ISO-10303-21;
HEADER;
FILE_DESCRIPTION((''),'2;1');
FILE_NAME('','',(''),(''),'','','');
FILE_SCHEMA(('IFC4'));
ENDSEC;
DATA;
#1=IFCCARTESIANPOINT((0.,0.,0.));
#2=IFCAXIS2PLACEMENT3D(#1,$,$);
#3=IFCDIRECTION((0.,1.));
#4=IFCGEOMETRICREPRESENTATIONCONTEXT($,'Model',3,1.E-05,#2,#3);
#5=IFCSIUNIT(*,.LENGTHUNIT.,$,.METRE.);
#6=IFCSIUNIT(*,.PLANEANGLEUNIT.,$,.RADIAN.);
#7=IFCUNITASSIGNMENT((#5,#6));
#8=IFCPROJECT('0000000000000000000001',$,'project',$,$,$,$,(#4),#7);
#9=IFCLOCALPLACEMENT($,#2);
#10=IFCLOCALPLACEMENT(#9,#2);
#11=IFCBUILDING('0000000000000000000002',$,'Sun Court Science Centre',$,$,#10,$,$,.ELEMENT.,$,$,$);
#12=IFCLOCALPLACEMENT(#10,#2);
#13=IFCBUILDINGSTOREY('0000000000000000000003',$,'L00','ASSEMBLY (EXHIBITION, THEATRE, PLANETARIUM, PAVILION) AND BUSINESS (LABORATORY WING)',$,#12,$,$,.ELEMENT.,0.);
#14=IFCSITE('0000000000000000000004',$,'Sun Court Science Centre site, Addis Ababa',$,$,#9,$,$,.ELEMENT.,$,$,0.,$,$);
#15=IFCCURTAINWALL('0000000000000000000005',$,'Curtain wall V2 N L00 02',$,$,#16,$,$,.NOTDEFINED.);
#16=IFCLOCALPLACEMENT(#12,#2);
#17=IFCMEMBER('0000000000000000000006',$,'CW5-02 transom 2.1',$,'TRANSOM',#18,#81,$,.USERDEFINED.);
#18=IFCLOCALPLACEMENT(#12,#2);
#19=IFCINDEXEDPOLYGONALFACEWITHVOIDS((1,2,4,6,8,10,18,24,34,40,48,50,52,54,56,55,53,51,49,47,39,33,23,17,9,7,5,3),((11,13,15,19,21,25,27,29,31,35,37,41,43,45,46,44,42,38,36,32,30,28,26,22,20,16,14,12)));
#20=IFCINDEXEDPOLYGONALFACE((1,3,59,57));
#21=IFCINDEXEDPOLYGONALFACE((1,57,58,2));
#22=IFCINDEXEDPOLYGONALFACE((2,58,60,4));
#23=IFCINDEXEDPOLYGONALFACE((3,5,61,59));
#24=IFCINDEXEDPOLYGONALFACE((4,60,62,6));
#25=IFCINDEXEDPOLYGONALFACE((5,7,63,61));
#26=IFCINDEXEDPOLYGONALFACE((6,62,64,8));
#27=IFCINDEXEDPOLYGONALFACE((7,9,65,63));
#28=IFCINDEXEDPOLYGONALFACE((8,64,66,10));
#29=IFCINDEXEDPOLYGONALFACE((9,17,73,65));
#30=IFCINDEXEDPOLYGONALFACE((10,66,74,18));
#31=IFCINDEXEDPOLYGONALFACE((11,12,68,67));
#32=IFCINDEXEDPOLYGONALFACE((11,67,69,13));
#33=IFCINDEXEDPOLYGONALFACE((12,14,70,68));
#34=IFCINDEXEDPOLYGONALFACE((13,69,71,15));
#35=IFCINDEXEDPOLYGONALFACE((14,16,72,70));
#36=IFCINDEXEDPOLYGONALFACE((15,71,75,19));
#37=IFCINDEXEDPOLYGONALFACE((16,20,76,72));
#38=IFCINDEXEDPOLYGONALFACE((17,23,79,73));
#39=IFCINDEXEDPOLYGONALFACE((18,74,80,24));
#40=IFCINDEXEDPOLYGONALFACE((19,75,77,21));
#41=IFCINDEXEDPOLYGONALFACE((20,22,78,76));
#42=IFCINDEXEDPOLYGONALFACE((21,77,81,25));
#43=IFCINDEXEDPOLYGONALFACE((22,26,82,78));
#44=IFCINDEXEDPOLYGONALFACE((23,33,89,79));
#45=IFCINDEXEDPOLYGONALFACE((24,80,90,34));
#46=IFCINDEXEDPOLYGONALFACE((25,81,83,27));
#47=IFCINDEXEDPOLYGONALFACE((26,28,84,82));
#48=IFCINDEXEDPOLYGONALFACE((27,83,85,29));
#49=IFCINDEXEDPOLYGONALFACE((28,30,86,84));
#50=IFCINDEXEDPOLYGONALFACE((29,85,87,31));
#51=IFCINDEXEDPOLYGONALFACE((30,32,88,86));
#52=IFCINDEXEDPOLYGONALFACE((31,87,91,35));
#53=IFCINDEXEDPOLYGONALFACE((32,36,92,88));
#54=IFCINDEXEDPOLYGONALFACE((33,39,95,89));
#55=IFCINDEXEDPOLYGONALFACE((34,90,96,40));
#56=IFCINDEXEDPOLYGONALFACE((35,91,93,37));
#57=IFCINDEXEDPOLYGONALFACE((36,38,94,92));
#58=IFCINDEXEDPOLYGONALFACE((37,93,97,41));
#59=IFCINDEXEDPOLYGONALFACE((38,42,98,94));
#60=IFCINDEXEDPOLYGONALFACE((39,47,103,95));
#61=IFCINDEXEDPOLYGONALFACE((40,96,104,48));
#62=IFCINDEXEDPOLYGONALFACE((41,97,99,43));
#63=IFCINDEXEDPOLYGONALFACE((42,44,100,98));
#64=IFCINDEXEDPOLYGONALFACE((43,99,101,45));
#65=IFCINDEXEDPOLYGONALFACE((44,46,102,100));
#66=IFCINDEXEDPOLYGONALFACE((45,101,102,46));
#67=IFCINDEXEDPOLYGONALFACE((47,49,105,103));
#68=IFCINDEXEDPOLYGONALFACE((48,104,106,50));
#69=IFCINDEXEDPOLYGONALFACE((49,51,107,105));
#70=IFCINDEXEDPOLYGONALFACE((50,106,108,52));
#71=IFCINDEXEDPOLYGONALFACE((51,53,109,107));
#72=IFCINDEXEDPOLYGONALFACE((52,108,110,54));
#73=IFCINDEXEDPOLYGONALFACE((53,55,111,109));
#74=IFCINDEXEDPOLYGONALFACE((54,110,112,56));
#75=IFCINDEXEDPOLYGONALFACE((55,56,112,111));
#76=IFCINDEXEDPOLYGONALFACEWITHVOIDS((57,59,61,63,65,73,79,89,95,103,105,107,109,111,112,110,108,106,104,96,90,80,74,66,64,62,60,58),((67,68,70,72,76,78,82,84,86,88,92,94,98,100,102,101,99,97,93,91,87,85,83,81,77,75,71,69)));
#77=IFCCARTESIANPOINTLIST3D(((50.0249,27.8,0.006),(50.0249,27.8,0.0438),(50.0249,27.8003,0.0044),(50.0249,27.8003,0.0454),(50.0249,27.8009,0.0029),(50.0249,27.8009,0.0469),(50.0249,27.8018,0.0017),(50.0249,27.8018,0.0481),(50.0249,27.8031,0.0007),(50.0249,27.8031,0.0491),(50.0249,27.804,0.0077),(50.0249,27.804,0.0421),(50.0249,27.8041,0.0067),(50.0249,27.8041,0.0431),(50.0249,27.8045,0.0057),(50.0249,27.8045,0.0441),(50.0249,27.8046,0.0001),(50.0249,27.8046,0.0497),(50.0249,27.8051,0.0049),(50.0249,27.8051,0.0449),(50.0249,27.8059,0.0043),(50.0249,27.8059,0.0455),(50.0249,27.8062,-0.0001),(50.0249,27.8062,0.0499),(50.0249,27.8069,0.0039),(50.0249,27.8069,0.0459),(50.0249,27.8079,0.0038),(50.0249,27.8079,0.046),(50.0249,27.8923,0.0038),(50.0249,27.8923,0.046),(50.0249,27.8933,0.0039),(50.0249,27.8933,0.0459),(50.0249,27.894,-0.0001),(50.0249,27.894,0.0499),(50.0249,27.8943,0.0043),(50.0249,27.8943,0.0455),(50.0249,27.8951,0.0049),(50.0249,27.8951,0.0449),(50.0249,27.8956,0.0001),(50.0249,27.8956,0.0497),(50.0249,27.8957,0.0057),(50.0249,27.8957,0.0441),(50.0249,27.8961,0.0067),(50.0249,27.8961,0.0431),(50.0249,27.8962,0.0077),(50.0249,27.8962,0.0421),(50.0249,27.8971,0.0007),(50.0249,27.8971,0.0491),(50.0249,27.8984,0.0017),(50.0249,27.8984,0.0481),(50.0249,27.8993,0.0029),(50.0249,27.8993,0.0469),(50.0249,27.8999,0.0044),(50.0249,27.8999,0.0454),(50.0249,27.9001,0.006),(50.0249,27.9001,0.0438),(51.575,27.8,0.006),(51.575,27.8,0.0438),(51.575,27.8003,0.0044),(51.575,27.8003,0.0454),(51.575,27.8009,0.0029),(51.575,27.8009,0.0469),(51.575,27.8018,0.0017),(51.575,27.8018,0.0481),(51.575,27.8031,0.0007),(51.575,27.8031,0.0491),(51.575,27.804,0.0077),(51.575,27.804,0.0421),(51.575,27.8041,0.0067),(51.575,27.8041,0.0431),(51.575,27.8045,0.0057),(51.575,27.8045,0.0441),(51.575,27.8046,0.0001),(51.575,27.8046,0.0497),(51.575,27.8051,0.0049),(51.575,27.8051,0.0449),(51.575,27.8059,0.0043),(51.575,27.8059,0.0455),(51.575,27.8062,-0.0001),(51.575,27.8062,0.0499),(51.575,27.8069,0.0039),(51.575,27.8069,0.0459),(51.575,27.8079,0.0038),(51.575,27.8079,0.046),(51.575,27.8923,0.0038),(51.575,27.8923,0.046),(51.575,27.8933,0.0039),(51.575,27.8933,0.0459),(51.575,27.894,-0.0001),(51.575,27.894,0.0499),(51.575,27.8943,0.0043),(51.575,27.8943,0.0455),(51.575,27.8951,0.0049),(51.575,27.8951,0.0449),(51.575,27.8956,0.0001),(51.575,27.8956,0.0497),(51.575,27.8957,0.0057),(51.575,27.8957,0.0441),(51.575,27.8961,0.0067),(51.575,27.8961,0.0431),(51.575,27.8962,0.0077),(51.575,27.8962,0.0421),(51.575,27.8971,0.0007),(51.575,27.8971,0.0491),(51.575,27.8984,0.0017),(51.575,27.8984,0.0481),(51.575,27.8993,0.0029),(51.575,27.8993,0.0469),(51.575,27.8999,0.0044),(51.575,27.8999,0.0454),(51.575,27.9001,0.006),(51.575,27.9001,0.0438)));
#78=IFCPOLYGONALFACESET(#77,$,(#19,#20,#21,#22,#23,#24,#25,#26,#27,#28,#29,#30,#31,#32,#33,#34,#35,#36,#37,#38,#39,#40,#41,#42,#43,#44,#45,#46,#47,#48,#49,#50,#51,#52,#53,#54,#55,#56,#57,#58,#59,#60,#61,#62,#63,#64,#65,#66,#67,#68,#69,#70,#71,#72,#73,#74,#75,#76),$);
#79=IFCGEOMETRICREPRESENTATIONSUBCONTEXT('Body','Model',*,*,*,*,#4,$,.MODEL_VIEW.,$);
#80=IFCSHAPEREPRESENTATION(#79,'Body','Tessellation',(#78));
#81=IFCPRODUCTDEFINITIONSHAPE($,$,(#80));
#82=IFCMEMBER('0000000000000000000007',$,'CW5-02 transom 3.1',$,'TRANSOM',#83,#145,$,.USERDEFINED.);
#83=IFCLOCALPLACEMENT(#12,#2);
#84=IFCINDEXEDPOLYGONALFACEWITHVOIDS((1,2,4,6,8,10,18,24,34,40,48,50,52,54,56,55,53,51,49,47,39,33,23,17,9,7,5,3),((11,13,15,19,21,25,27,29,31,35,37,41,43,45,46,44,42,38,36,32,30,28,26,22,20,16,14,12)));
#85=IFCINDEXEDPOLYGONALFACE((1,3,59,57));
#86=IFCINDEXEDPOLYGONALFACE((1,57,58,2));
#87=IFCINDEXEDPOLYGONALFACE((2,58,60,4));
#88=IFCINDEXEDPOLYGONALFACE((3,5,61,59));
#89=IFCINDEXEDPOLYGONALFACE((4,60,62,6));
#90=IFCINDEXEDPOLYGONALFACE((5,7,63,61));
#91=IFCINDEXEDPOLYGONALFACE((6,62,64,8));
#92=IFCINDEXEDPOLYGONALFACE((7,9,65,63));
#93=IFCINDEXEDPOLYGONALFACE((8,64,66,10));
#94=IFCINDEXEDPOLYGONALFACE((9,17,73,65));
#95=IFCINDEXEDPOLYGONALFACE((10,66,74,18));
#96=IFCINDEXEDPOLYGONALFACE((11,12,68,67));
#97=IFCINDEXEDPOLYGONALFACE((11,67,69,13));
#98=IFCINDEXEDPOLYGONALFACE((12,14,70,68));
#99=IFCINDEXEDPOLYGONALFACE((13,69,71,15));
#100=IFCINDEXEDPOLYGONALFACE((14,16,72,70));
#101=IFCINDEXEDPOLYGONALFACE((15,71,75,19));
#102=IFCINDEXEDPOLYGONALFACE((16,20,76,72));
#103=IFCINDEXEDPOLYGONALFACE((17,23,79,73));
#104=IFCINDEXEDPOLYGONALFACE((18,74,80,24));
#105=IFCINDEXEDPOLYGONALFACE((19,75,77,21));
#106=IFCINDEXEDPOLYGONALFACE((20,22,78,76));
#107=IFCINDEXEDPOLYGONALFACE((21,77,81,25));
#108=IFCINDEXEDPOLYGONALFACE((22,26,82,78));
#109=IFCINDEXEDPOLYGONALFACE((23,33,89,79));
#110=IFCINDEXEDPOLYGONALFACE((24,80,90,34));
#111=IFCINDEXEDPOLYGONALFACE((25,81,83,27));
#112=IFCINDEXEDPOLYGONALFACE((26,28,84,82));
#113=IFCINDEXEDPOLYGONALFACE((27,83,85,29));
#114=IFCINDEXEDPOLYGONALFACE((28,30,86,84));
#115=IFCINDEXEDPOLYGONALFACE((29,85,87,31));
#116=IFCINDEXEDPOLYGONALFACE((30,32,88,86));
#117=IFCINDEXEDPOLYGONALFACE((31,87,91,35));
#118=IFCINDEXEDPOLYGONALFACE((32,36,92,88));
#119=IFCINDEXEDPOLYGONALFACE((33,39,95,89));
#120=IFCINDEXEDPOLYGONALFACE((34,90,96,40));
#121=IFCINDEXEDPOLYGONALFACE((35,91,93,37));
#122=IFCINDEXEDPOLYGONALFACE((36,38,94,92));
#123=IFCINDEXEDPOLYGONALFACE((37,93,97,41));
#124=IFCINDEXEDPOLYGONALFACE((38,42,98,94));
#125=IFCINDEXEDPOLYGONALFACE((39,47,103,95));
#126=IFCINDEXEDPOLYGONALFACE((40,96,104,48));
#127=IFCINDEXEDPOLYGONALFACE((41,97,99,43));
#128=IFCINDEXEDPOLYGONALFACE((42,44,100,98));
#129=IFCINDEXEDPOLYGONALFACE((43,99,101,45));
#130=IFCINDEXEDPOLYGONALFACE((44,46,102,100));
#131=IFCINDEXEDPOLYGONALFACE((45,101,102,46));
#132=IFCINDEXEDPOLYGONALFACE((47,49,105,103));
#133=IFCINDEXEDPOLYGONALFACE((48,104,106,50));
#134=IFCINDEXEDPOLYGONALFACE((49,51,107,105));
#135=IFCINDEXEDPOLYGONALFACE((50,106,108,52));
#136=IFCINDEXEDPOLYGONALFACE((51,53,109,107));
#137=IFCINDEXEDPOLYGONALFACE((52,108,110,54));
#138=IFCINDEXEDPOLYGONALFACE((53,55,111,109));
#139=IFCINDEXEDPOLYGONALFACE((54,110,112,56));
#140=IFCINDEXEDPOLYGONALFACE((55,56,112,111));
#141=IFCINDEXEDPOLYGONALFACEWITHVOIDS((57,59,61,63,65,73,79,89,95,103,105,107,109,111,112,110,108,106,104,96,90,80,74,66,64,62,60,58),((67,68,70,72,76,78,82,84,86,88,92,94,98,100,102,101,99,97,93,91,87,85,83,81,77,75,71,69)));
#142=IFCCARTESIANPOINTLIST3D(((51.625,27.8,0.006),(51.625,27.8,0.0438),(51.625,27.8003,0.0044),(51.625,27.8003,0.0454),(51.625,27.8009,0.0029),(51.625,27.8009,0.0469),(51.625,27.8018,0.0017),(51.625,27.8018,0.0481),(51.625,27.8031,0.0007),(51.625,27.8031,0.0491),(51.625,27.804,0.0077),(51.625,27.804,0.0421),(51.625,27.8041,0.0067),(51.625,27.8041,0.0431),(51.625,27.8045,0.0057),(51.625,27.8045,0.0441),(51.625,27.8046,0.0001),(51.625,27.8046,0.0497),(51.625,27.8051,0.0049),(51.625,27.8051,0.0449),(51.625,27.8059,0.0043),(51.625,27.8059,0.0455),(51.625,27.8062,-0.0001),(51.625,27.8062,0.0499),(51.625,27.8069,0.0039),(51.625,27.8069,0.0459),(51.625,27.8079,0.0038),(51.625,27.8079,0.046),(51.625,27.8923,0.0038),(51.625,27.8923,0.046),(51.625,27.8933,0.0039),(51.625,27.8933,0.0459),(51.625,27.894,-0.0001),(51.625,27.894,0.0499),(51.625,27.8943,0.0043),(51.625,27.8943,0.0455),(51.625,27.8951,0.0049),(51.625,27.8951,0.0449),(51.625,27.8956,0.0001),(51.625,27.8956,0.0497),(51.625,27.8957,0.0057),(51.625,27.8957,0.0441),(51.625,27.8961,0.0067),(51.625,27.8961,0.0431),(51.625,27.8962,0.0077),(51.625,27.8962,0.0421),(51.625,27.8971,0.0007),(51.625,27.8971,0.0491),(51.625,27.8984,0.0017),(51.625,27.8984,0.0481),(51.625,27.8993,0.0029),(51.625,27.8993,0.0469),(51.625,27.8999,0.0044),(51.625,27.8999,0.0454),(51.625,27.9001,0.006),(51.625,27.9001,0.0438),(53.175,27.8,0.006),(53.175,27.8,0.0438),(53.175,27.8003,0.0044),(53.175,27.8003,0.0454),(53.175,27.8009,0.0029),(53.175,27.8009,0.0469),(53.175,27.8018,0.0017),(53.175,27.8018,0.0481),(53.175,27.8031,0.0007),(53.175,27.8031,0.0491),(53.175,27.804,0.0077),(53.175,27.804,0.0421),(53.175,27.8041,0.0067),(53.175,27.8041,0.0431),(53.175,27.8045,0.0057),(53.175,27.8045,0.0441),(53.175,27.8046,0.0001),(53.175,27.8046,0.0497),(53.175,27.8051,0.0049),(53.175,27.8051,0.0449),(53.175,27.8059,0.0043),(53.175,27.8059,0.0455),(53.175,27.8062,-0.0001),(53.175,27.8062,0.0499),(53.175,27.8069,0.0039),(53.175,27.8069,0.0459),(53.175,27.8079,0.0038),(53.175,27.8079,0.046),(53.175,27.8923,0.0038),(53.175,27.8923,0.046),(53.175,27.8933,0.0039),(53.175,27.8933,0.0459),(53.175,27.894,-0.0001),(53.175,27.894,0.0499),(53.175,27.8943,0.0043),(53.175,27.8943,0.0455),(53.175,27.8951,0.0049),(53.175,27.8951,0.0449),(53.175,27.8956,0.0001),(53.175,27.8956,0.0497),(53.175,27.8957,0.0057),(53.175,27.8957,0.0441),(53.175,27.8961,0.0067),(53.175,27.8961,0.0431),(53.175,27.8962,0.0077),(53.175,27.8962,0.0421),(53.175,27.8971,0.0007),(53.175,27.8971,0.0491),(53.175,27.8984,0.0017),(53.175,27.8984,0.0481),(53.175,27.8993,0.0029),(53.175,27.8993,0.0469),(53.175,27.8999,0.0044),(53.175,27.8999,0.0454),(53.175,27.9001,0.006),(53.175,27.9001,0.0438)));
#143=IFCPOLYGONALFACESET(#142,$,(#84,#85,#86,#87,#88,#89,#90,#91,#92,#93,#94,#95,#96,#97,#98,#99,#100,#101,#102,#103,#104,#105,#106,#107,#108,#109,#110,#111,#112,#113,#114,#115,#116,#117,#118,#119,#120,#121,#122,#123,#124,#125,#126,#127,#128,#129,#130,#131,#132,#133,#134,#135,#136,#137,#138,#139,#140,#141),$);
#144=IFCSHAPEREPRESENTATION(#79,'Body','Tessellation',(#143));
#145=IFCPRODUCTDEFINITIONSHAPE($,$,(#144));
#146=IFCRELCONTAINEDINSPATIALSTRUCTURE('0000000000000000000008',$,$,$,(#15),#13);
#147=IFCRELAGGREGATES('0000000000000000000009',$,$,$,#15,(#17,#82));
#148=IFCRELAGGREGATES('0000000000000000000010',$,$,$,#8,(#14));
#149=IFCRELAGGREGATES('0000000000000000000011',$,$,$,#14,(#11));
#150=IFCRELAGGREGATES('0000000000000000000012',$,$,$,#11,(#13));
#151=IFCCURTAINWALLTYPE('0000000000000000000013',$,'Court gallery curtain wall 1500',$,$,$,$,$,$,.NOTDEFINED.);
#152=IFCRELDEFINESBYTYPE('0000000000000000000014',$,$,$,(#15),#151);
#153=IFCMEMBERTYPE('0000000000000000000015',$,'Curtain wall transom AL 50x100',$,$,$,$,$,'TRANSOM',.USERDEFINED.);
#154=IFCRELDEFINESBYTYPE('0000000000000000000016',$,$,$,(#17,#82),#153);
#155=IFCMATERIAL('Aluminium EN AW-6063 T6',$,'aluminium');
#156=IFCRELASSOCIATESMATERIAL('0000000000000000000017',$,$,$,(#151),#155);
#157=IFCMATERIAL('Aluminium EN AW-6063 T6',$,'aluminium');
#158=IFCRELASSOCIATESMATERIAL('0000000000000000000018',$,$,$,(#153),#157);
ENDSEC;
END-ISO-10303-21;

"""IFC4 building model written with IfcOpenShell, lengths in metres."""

from ifc_helpers import new_model, si_unit, direction, frame, origin, origin_2d, place, context, subcontext, project, spatial, hollow_rectangle, extrude, material, material_profile, profile_set, type_object, element, aggregate, save


model = new_model("IFC4")

# Units and contexts
model_context = context("Model", 3, precision=1e-05, world=origin(), true_north=direction((0.0, 1.0)))
body_context = subcontext(model_context, "Body", "Model", "MODEL_VIEW")
ifc_project = project(units=[si_unit("LENGTHUNIT", "METRE"), si_unit("PLANEANGLEUNIT", "RADIAN")], contexts=[model_context])

# Site, building, storey
site_placement = place(None, origin())
site = spatial("IfcSite", under=ifc_project, at=site_placement, Name="Sun Court Science Centre site, Addis Ababa", CompositionType="ELEMENT", RefElevation=0.0)
building_placement = place(site_placement, origin())
building = spatial("IfcBuilding", under=site, at=building_placement, Name="Sun Court Science Centre", CompositionType="ELEMENT")
storey_placement = place(building_placement, origin())
storey = spatial("IfcBuildingStorey", under=building, at=storey_placement, Name="L00", Description="ASSEMBLY (EXHIBITION, THEATRE, PLANETARIUM, PAVILION) AND BUSINESS (LABORATORY WING)", CompositionType="ELEMENT", Elevation=0.0)

# Curtain wall, members
ifc_material_1 = material(Name="Aluminium EN AW-6063 T6", Category="aluminium")
curtain_wall_type = type_object("IfcCurtainWallType", Name="Court gallery curtain wall 1500", PredefinedType="NOTDEFINED", material=ifc_material_1)
curtain_wall_placement = place(storey_placement, origin())
curtain_wall = element("IfcCurtainWall", 1, at=curtain_wall_placement, inside=storey, type_object=curtain_wall_type, Name="Curtain wall V2 N L00 02", PredefinedType="NOTDEFINED")
ifc_material_2 = material(Name="Aluminium EN AW-6063 T6", Category="aluminium")
ifc_material_profile_1 = material_profile(ifc_material_2, hollow_rectangle(XDim=0.05, YDim=0.1001, WallThickness=0.0039, InnerFilletRadius=0.0039, OuterFilletRadius=0.0061, at=origin_2d()), Name="AL 50x100x4")
ifc_profile_set_1 = profile_set([ifc_material_profile_1], Name="Aluminium EN AW-6063 T6")
member_type_1 = type_object("IfcMemberType", Name="Curtain wall transom AL 50x100", ElementType="TRANSOM", PredefinedType="USERDEFINED", material=ifc_profile_set_1)
member_1_placement = place(storey_placement, frame((50.0249, 27.8501, 0.0249), z_axis=(1.0, 0.0, 0.0), x_axis=(0.0, 0.0, 1.0)))
member_1 = element("IfcMember", 2, at=member_1_placement, type_object=member_type_1, Name="CW5-02 transom 2.1", ObjectType="TRANSOM", PredefinedType="USERDEFINED", context=body_context, shape_type="SweptSolid", body=[
    extrude(hollow_rectangle(XDim=0.05, YDim=0.1001, WallThickness=0.0039, InnerFilletRadius=0.0039, OuterFilletRadius=0.0061, at=origin_2d()), origin(), (0.0, 0.0, 1.0), 1.55),
])
member_2_placement = place(storey_placement, frame((51.625, 27.8501, 0.0249), z_axis=(1.0, 0.0, 0.0), x_axis=(0.0, 0.0, 1.0)))
member_2 = element("IfcMember", 3, at=member_2_placement, type_object=member_type_1, Name="CW5-02 transom 3.1", ObjectType="TRANSOM", PredefinedType="USERDEFINED", context=body_context, shape_type="SweptSolid", body=[
    extrude(hollow_rectangle(XDim=0.05, YDim=0.1001, WallThickness=0.0039, InnerFilletRadius=0.0039, OuterFilletRadius=0.0061, at=origin_2d()), origin(), (0.0, 0.0, 1.0), 1.55),
])
aggregate(curtain_wall, [member_1, member_2])

save(model, "model.ifc")
